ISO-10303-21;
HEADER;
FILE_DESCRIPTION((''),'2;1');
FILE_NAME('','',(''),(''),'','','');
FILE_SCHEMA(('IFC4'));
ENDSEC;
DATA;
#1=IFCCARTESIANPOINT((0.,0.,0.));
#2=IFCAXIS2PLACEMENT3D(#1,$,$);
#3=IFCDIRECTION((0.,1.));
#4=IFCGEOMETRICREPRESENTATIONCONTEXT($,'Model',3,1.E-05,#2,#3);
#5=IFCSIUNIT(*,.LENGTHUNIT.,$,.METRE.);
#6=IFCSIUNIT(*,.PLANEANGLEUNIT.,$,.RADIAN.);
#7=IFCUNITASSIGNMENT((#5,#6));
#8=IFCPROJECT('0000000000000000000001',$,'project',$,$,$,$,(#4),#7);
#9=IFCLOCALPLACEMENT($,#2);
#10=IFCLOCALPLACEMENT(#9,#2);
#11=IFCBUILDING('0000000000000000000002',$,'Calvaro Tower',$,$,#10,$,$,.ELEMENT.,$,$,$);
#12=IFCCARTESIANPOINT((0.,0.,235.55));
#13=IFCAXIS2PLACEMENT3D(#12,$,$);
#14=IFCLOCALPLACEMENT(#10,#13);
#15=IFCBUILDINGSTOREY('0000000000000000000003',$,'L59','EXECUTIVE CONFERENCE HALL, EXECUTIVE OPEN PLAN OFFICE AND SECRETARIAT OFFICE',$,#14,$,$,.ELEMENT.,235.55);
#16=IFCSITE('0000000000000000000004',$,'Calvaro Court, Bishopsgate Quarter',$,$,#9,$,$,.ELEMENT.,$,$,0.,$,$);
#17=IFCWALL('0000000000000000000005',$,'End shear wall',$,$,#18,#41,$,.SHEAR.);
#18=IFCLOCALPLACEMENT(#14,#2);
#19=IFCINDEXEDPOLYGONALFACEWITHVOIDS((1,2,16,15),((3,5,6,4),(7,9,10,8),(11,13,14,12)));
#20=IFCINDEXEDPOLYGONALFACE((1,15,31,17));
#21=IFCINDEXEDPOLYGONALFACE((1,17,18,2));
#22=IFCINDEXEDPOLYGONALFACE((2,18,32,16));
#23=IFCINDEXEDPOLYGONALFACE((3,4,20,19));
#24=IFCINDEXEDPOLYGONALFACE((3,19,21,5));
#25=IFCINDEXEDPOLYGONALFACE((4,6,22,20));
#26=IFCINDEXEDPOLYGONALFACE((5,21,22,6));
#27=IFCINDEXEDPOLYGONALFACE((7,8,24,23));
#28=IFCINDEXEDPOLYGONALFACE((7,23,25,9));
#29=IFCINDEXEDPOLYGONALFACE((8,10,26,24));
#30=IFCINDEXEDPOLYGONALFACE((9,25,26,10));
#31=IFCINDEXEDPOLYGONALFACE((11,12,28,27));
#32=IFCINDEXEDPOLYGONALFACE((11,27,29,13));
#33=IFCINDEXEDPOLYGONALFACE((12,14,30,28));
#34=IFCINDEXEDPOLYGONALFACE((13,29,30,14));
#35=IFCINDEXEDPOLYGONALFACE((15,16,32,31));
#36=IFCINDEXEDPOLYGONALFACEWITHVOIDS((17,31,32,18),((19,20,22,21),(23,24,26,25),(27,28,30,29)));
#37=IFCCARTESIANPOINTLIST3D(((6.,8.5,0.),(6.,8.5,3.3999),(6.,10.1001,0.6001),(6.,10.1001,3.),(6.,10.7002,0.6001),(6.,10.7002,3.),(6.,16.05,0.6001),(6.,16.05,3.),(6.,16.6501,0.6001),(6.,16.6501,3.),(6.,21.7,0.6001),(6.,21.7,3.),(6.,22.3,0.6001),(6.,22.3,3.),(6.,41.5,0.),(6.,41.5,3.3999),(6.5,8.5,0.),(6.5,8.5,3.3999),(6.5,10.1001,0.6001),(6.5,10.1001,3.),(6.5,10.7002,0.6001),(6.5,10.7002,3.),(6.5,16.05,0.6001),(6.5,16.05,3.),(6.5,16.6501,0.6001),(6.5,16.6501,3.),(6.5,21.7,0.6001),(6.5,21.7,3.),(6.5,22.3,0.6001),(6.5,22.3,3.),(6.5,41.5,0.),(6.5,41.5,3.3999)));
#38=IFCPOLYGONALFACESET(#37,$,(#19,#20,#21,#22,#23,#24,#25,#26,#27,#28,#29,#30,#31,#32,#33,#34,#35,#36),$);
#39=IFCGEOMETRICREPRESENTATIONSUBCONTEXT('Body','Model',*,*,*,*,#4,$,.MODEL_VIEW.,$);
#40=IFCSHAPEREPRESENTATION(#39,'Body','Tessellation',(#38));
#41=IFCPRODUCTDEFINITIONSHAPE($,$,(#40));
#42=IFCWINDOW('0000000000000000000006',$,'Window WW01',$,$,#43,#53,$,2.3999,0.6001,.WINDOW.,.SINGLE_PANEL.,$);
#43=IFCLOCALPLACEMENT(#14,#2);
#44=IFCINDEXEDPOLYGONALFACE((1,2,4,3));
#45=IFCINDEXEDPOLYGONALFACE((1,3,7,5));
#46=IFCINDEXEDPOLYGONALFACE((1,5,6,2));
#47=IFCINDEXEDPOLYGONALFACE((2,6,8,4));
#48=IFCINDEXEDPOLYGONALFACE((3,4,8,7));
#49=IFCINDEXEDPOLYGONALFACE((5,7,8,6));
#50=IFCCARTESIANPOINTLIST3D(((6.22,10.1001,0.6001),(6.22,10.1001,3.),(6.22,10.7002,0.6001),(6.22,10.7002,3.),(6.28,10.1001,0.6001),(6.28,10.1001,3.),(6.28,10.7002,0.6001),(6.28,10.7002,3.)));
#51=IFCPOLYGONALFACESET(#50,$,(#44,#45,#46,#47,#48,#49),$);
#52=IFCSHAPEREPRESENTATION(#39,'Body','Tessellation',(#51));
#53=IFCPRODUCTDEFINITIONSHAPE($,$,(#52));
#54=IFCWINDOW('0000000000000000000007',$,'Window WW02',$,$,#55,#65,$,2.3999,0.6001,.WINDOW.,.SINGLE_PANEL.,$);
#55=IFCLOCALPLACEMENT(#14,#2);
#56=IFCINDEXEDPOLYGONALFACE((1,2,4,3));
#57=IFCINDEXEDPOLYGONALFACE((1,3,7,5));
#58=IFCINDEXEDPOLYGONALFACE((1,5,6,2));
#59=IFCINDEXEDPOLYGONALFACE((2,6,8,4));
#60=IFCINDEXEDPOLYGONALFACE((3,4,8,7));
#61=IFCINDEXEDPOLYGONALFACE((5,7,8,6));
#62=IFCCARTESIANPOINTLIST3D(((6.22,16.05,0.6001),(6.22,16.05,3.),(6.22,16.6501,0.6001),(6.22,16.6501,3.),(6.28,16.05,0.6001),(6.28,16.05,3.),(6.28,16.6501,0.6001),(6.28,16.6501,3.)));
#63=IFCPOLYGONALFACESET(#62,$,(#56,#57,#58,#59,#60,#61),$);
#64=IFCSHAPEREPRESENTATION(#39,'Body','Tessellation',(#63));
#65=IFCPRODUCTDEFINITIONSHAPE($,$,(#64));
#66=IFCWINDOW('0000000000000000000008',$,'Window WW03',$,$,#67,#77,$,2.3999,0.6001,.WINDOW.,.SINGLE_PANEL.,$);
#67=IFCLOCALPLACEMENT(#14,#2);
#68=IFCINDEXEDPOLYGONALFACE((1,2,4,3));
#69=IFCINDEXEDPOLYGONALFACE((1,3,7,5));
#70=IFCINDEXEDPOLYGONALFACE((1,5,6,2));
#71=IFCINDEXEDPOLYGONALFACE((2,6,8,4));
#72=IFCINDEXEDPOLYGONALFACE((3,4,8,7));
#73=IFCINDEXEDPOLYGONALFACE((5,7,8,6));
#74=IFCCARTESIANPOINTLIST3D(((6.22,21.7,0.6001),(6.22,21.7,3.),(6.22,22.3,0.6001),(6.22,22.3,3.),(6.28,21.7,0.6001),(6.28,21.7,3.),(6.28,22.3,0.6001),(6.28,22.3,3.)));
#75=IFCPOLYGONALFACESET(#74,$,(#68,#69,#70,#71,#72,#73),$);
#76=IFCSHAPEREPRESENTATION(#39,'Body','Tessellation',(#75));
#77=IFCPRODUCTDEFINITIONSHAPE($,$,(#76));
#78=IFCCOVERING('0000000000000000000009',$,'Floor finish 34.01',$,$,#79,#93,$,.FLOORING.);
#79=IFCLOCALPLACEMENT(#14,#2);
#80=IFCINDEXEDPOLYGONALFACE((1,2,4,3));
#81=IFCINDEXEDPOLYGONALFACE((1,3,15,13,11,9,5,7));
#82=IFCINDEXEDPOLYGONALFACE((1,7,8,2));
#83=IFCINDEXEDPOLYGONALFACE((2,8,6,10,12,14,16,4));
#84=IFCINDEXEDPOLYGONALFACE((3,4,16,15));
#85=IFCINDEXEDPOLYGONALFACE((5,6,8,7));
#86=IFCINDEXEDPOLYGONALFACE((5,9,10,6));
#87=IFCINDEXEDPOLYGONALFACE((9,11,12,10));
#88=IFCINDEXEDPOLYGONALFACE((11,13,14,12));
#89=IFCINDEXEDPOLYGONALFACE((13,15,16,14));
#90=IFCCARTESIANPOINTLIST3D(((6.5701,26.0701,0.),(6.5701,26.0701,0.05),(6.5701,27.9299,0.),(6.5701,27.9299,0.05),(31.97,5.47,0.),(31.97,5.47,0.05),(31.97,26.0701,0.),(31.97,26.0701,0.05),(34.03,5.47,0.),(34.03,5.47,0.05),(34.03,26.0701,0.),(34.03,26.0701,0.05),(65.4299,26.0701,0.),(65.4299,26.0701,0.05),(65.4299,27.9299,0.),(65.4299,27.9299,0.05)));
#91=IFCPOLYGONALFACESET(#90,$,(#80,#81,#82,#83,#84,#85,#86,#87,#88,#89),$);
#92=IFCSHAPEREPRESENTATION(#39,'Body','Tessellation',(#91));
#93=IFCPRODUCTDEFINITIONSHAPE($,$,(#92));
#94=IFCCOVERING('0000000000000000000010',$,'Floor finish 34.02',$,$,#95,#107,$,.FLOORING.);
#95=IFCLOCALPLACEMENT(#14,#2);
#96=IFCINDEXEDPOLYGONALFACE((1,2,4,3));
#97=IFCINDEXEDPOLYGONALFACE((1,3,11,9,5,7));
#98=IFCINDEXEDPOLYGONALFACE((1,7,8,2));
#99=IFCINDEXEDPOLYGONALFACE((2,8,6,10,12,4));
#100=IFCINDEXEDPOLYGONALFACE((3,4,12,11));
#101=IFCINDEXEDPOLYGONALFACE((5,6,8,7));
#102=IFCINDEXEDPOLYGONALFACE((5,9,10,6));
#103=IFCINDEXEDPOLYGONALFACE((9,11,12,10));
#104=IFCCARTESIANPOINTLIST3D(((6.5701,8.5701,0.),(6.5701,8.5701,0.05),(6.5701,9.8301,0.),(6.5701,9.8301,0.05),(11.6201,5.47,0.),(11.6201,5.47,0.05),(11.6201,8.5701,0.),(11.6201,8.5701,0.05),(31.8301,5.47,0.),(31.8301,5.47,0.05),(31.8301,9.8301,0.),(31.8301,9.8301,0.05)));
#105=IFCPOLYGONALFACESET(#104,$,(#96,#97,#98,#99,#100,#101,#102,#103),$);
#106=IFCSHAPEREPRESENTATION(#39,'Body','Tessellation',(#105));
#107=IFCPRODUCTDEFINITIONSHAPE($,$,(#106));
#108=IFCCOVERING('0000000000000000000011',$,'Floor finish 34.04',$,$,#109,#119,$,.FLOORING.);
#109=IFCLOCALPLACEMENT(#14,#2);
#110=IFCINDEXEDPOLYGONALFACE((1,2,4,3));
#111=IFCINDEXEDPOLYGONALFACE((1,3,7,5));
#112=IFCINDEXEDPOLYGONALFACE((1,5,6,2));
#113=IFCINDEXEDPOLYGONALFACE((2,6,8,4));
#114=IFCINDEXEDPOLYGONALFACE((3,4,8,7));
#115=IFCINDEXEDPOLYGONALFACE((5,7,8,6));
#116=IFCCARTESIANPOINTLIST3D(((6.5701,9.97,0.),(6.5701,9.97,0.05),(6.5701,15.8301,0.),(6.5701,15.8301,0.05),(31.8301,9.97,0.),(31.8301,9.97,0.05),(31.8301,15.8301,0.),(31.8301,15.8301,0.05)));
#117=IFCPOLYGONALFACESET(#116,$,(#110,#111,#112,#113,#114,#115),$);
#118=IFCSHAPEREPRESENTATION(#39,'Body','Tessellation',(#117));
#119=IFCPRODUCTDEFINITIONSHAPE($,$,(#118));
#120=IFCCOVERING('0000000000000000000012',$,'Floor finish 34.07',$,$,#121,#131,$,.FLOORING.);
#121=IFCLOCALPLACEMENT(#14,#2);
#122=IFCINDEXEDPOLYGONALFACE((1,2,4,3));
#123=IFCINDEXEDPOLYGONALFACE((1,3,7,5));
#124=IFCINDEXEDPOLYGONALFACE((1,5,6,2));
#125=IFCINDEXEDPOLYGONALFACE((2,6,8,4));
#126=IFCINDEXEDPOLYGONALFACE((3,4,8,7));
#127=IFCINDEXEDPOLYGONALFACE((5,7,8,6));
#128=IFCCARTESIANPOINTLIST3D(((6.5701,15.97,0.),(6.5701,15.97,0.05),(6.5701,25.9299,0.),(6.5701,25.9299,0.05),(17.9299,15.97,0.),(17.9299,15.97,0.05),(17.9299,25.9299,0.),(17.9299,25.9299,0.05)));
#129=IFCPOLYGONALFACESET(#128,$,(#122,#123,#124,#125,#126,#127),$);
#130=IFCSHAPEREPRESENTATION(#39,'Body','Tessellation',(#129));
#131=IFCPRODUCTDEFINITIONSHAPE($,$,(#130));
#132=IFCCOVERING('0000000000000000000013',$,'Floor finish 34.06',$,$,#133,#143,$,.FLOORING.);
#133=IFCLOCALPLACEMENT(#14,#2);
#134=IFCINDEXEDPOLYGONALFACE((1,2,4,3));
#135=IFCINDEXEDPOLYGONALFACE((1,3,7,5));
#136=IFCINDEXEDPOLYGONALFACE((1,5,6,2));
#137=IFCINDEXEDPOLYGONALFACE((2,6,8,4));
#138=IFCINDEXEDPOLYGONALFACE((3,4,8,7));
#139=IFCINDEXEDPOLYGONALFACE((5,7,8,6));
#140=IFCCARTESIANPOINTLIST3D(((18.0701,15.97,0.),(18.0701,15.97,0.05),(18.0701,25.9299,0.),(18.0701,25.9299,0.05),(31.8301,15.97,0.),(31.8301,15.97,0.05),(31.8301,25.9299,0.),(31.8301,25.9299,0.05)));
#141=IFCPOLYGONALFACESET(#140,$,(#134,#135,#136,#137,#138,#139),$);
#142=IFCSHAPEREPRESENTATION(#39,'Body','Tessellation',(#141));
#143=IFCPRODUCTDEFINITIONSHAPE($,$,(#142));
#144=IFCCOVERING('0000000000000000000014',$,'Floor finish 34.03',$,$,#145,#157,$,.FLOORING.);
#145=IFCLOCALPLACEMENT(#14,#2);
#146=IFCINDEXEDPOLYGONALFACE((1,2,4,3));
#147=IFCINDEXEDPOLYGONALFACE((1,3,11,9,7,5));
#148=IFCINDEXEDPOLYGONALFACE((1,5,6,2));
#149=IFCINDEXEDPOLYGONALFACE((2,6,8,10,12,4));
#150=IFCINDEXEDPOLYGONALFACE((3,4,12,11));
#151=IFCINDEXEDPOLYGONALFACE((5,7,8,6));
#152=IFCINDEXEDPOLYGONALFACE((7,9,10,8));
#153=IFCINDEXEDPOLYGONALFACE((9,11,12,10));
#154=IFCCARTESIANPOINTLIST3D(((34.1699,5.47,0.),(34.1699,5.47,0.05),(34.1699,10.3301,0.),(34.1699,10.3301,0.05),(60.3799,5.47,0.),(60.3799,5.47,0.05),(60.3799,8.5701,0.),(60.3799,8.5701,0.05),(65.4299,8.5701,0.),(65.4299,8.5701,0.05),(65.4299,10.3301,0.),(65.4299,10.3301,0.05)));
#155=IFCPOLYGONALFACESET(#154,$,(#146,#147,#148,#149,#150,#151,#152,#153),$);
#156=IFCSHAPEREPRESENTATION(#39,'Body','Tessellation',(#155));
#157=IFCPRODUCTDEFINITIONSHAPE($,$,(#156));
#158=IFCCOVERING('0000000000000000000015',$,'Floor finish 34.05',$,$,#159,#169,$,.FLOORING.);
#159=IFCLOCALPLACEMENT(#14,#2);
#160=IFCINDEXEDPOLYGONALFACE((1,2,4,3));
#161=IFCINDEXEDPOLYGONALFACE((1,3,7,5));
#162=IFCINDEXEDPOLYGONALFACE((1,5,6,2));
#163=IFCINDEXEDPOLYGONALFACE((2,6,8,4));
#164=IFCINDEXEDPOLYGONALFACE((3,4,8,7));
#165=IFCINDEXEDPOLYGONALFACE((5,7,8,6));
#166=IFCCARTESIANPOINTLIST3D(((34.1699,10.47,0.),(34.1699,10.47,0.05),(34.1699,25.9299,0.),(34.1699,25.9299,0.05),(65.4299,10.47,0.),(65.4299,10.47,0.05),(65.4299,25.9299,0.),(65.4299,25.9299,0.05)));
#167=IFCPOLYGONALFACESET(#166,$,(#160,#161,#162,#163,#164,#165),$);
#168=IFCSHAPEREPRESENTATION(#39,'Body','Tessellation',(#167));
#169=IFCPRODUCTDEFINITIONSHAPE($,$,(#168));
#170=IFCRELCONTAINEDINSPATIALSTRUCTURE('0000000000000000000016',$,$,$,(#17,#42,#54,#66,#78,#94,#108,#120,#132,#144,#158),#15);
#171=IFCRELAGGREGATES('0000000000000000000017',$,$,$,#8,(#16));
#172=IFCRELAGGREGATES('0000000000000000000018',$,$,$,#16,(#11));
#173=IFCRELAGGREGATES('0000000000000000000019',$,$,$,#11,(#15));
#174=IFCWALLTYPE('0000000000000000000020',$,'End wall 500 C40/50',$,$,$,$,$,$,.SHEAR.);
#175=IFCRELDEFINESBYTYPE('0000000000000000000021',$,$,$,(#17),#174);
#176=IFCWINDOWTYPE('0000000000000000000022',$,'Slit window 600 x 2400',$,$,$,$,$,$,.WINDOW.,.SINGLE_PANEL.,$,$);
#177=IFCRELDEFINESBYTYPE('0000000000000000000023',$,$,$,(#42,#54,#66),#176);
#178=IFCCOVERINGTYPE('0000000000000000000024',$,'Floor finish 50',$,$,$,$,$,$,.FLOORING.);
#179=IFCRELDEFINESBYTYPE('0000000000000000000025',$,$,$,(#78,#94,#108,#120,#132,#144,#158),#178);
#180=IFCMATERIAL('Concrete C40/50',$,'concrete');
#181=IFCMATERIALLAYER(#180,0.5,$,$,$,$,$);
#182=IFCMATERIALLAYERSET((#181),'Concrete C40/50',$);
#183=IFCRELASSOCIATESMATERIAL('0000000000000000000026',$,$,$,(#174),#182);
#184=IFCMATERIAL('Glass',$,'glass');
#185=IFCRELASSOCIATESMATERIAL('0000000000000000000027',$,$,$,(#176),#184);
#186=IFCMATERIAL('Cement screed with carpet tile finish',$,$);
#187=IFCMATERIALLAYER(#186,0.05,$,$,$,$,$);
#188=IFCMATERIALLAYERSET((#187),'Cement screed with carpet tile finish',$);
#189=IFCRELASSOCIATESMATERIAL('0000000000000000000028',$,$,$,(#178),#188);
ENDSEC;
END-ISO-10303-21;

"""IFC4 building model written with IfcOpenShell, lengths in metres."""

from ifc_helpers import new_model, si_unit, direction, frame, frame_2d, origin, place, context, subcontext, project, spatial, polyline, rectangle, outline, extrude, material, layer, layer_set, type_object, element, fill, save


model = new_model("IFC4")

# Units and contexts
model_context = context("Model", 3, precision=1e-05, world=origin(), true_north=direction((0.0, 1.0)))
body_context = subcontext(model_context, "Body", "Model", "MODEL_VIEW")
ifc_project = project(units=[si_unit("LENGTHUNIT", "METRE"), si_unit("PLANEANGLEUNIT", "RADIAN")], contexts=[model_context])

# Site, building, storey
site_placement = place(None, origin())
site = spatial("IfcSite", under=ifc_project, at=site_placement, Name="Calvaro Court, Bishopsgate Quarter", CompositionType="ELEMENT", RefElevation=0.0)
building_placement = place(site_placement, origin())
building = spatial("IfcBuilding", under=site, at=building_placement, Name="Calvaro Tower", CompositionType="ELEMENT")
storey_placement = place(building_placement, frame((0.0, 0.0, 235.55)))
storey = spatial("IfcBuildingStorey", under=building, at=storey_placement, Name="L59", Description="EXECUTIVE CONFERENCE HALL, EXECUTIVE OPEN PLAN OFFICE AND SECRETARIAT OFFICE", CompositionType="ELEMENT", Elevation=235.55)

# Wall, openings, windows
ifc_material_1 = material(Name="Concrete C40/50", Category="concrete")
ifc_layer_1 = layer(ifc_material_1, 0.5)
ifc_layer_set_1 = layer_set([ifc_layer_1], Name="Concrete C40/50")
wall_type = type_object("IfcWallType", Name="End wall 500 C40/50", PredefinedType="SHEAR", material=ifc_layer_set_1)
wall_placement = place(storey_placement, frame((6.25, 8.5, 0.0), z_axis=(0.0, 0.0, 1.0), x_axis=(0.0, 1.0, 0.0)))
wall = element("IfcWall", 1, at=wall_placement, inside=storey, type_object=wall_type, Name="End shear wall", PredefinedType="SHEAR", context=body_context, shape_type="SweptSolid", body=[
    extrude(rectangle(XDim=33.0, YDim=0.5, at=frame_2d((16.5, 0.0))), origin(), (0.0, 0.0, 1.0), 3.3999),
])
opening_1_placement = place(wall_placement, frame((1.6001, 0.0, 0.6001)))
opening_1 = element("IfcOpeningElement", 2, at=opening_1_placement, cuts=wall, PredefinedType="OPENING", context=body_context, shape_type="SweptSolid", body=[
    extrude(rectangle(XDim=0.6001, YDim=2.3999, at=frame_2d((0.3, 1.2))), frame((0.0, 0.26, 0.0), z_axis=(0.0, -1.0, 0.0), x_axis=(1.0, 0.0, 0.0)), (0.0, 0.0, 1.0), 0.52),
])
opening_2_placement = place(wall_placement, frame((7.55, 0.0, 0.6001)))
opening_2 = element("IfcOpeningElement", 3, at=opening_2_placement, cuts=wall, PredefinedType="OPENING", context=body_context, shape_type="SweptSolid", body=[
    extrude(rectangle(XDim=0.6001, YDim=2.3999, at=frame_2d((0.3, 1.2))), frame((0.0, 0.26, 0.0), z_axis=(0.0, -1.0, 0.0), x_axis=(1.0, 0.0, 0.0)), (0.0, 0.0, 1.0), 0.52),
])
opening_3_placement = place(wall_placement, frame((13.2, 0.0, 0.6001)))
opening_3 = element("IfcOpeningElement", 4, at=opening_3_placement, cuts=wall, PredefinedType="OPENING", context=body_context, shape_type="SweptSolid", body=[
    extrude(rectangle(XDim=0.6001, YDim=2.3999, at=frame_2d((0.3, 1.2))), frame((0.0, 0.26, 0.0), z_axis=(0.0, -1.0, 0.0), x_axis=(1.0, 0.0, 0.0)), (0.0, 0.0, 1.0), 0.52),
])
ifc_material_2 = material(Name="Glass", Category="glass")
window_type = type_object("IfcWindowType", Name="Slit window 600 x 2400", PartitioningType="SINGLE_PANEL", PredefinedType="WINDOW", material=ifc_material_2)
window_1_placement = place(opening_1_placement, origin())
window_1 = element("IfcWindow", 5, at=window_1_placement, inside=storey, type_object=window_type, Name="Window WW01", OverallHeight=2.3999, OverallWidth=0.6001, PartitioningType="SINGLE_PANEL", PredefinedType="WINDOW", context=body_context, shape_type="SweptSolid", body=[
    extrude(rectangle(XDim=0.6001, YDim=2.3999, at=frame_2d((0.3, 1.2))), frame((0.0, 0.03, 0.0), z_axis=(0.0, -1.0, 0.0), x_axis=(1.0, 0.0, 0.0)), (0.0, 0.0, 1.0), 0.0601),
])
fill(opening_1, window_1)
window_2_placement = place(opening_2_placement, origin())
window_2 = element("IfcWindow", 6, at=window_2_placement, inside=storey, type_object=window_type, Name="Window WW02", OverallHeight=2.3999, OverallWidth=0.6001, PartitioningType="SINGLE_PANEL", PredefinedType="WINDOW", context=body_context, shape_type="SweptSolid", body=[
    extrude(rectangle(XDim=0.6001, YDim=2.3999, at=frame_2d((0.3, 1.2))), frame((0.0, 0.03, 0.0), z_axis=(0.0, -1.0, 0.0), x_axis=(1.0, 0.0, 0.0)), (0.0, 0.0, 1.0), 0.0601),
])
fill(opening_2, window_2)
window_3_placement = place(opening_3_placement, origin())
window_3 = element("IfcWindow", 7, at=window_3_placement, inside=storey, type_object=window_type, Name="Window WW03", OverallHeight=2.3999, OverallWidth=0.6001, PartitioningType="SINGLE_PANEL", PredefinedType="WINDOW", context=body_context, shape_type="SweptSolid", body=[
    extrude(rectangle(XDim=0.6001, YDim=2.3999, at=frame_2d((0.3, 1.2))), frame((0.0, 0.03, 0.0), z_axis=(0.0, -1.0, 0.0), x_axis=(1.0, 0.0, 0.0)), (0.0, 0.0, 1.0), 0.0601),
])
fill(opening_3, window_3)

# Coverings
ifc_material_3 = material(Name="Cement screed with carpet tile finish")
ifc_layer_2 = layer(ifc_material_3, 0.05)
ifc_layer_set_2 = layer_set([ifc_layer_2], Name="Cement screed with carpet tile finish")
covering_type = type_object("IfcCoveringType", Name="Floor finish 50", PredefinedType="FLOORING", material=ifc_layer_set_2)
covering_1_placement = place(storey_placement, origin())
element("IfcCovering", 8, at=covering_1_placement, inside=storey, type_object=covering_type, Name="Floor finish 34.01", PredefinedType="FLOORING", context=body_context, shape_type="SweptSolid", body=[
    extrude(outline(polyline([(31.97, 5.47), (31.97, 26.0701), (6.5701, 26.0701), (6.5701, 27.9299), (65.4299, 27.9299), (65.4299, 26.0701), (34.03, 26.0701), (34.03, 5.47), (31.97, 5.47)])), origin(), (0.0, 0.0, 1.0), 0.05),
])
covering_2_placement = place(storey_placement, origin())
element("IfcCovering", 9, at=covering_2_placement, inside=storey, type_object=covering_type, Name="Floor finish 34.02", PredefinedType="FLOORING", context=body_context, shape_type="SweptSolid", body=[
    extrude(outline(polyline([(31.8301, 9.8301), (31.8301, 5.47), (11.6201, 5.47), (11.6201, 8.5701), (6.5701, 8.5701), (6.5701, 9.8301), (31.8301, 9.8301)])), origin(), (0.0, 0.0, 1.0), 0.05),
])
covering_3_placement = place(storey_placement, origin())
element("IfcCovering", 10, at=covering_3_placement, inside=storey, type_object=covering_type, Name="Floor finish 34.04", PredefinedType="FLOORING", context=body_context, shape_type="SweptSolid", body=[
    extrude(outline(polyline([(31.8301, 15.8301), (31.8301, 9.97), (6.5701, 9.97), (6.5701, 15.8301), (31.8301, 15.8301)])), origin(), (0.0, 0.0, 1.0), 0.05),
])
covering_4_placement = place(storey_placement, origin())
element("IfcCovering", 11, at=covering_4_placement, inside=storey, type_object=covering_type, Name="Floor finish 34.07", PredefinedType="FLOORING", context=body_context, shape_type="SweptSolid", body=[
    extrude(outline(polyline([(17.9299, 25.9299), (17.9299, 15.97), (6.5701, 15.97), (6.5701, 25.9299), (17.9299, 25.9299)])), origin(), (0.0, 0.0, 1.0), 0.05),
])
covering_5_placement = place(storey_placement, origin())
element("IfcCovering", 12, at=covering_5_placement, inside=storey, type_object=covering_type, Name="Floor finish 34.06", PredefinedType="FLOORING", context=body_context, shape_type="SweptSolid", body=[
    extrude(outline(polyline([(18.0701, 15.97), (18.0701, 25.9299), (31.8301, 25.9299), (31.8301, 15.97), (18.0701, 15.97)])), origin(), (0.0, 0.0, 1.0), 0.05),
])
covering_6_placement = place(storey_placement, origin())
element("IfcCovering", 13, at=covering_6_placement, inside=storey, type_object=covering_type, Name="Floor finish 34.03", PredefinedType="FLOORING", context=body_context, shape_type="SweptSolid", body=[
    extrude(outline(polyline([(65.4299, 8.5701), (60.3799, 8.5701), (60.3799, 5.47), (34.1699, 5.47), (34.1699, 10.3301), (65.4299, 10.3301), (65.4299, 8.5701)])), origin(), (0.0, 0.0, 1.0), 0.05),
])
covering_7_placement = place(storey_placement, origin())
element("IfcCovering", 14, at=covering_7_placement, inside=storey, type_object=covering_type, Name="Floor finish 34.05", PredefinedType="FLOORING", context=body_context, shape_type="SweptSolid", body=[
    extrude(outline(polyline([(65.4299, 10.47), (34.1699, 10.47), (34.1699, 25.9299), (65.4299, 25.9299), (65.4299, 10.47)])), origin(), (0.0, 0.0, 1.0), 0.05),
])

save(model, "model.ifc")
